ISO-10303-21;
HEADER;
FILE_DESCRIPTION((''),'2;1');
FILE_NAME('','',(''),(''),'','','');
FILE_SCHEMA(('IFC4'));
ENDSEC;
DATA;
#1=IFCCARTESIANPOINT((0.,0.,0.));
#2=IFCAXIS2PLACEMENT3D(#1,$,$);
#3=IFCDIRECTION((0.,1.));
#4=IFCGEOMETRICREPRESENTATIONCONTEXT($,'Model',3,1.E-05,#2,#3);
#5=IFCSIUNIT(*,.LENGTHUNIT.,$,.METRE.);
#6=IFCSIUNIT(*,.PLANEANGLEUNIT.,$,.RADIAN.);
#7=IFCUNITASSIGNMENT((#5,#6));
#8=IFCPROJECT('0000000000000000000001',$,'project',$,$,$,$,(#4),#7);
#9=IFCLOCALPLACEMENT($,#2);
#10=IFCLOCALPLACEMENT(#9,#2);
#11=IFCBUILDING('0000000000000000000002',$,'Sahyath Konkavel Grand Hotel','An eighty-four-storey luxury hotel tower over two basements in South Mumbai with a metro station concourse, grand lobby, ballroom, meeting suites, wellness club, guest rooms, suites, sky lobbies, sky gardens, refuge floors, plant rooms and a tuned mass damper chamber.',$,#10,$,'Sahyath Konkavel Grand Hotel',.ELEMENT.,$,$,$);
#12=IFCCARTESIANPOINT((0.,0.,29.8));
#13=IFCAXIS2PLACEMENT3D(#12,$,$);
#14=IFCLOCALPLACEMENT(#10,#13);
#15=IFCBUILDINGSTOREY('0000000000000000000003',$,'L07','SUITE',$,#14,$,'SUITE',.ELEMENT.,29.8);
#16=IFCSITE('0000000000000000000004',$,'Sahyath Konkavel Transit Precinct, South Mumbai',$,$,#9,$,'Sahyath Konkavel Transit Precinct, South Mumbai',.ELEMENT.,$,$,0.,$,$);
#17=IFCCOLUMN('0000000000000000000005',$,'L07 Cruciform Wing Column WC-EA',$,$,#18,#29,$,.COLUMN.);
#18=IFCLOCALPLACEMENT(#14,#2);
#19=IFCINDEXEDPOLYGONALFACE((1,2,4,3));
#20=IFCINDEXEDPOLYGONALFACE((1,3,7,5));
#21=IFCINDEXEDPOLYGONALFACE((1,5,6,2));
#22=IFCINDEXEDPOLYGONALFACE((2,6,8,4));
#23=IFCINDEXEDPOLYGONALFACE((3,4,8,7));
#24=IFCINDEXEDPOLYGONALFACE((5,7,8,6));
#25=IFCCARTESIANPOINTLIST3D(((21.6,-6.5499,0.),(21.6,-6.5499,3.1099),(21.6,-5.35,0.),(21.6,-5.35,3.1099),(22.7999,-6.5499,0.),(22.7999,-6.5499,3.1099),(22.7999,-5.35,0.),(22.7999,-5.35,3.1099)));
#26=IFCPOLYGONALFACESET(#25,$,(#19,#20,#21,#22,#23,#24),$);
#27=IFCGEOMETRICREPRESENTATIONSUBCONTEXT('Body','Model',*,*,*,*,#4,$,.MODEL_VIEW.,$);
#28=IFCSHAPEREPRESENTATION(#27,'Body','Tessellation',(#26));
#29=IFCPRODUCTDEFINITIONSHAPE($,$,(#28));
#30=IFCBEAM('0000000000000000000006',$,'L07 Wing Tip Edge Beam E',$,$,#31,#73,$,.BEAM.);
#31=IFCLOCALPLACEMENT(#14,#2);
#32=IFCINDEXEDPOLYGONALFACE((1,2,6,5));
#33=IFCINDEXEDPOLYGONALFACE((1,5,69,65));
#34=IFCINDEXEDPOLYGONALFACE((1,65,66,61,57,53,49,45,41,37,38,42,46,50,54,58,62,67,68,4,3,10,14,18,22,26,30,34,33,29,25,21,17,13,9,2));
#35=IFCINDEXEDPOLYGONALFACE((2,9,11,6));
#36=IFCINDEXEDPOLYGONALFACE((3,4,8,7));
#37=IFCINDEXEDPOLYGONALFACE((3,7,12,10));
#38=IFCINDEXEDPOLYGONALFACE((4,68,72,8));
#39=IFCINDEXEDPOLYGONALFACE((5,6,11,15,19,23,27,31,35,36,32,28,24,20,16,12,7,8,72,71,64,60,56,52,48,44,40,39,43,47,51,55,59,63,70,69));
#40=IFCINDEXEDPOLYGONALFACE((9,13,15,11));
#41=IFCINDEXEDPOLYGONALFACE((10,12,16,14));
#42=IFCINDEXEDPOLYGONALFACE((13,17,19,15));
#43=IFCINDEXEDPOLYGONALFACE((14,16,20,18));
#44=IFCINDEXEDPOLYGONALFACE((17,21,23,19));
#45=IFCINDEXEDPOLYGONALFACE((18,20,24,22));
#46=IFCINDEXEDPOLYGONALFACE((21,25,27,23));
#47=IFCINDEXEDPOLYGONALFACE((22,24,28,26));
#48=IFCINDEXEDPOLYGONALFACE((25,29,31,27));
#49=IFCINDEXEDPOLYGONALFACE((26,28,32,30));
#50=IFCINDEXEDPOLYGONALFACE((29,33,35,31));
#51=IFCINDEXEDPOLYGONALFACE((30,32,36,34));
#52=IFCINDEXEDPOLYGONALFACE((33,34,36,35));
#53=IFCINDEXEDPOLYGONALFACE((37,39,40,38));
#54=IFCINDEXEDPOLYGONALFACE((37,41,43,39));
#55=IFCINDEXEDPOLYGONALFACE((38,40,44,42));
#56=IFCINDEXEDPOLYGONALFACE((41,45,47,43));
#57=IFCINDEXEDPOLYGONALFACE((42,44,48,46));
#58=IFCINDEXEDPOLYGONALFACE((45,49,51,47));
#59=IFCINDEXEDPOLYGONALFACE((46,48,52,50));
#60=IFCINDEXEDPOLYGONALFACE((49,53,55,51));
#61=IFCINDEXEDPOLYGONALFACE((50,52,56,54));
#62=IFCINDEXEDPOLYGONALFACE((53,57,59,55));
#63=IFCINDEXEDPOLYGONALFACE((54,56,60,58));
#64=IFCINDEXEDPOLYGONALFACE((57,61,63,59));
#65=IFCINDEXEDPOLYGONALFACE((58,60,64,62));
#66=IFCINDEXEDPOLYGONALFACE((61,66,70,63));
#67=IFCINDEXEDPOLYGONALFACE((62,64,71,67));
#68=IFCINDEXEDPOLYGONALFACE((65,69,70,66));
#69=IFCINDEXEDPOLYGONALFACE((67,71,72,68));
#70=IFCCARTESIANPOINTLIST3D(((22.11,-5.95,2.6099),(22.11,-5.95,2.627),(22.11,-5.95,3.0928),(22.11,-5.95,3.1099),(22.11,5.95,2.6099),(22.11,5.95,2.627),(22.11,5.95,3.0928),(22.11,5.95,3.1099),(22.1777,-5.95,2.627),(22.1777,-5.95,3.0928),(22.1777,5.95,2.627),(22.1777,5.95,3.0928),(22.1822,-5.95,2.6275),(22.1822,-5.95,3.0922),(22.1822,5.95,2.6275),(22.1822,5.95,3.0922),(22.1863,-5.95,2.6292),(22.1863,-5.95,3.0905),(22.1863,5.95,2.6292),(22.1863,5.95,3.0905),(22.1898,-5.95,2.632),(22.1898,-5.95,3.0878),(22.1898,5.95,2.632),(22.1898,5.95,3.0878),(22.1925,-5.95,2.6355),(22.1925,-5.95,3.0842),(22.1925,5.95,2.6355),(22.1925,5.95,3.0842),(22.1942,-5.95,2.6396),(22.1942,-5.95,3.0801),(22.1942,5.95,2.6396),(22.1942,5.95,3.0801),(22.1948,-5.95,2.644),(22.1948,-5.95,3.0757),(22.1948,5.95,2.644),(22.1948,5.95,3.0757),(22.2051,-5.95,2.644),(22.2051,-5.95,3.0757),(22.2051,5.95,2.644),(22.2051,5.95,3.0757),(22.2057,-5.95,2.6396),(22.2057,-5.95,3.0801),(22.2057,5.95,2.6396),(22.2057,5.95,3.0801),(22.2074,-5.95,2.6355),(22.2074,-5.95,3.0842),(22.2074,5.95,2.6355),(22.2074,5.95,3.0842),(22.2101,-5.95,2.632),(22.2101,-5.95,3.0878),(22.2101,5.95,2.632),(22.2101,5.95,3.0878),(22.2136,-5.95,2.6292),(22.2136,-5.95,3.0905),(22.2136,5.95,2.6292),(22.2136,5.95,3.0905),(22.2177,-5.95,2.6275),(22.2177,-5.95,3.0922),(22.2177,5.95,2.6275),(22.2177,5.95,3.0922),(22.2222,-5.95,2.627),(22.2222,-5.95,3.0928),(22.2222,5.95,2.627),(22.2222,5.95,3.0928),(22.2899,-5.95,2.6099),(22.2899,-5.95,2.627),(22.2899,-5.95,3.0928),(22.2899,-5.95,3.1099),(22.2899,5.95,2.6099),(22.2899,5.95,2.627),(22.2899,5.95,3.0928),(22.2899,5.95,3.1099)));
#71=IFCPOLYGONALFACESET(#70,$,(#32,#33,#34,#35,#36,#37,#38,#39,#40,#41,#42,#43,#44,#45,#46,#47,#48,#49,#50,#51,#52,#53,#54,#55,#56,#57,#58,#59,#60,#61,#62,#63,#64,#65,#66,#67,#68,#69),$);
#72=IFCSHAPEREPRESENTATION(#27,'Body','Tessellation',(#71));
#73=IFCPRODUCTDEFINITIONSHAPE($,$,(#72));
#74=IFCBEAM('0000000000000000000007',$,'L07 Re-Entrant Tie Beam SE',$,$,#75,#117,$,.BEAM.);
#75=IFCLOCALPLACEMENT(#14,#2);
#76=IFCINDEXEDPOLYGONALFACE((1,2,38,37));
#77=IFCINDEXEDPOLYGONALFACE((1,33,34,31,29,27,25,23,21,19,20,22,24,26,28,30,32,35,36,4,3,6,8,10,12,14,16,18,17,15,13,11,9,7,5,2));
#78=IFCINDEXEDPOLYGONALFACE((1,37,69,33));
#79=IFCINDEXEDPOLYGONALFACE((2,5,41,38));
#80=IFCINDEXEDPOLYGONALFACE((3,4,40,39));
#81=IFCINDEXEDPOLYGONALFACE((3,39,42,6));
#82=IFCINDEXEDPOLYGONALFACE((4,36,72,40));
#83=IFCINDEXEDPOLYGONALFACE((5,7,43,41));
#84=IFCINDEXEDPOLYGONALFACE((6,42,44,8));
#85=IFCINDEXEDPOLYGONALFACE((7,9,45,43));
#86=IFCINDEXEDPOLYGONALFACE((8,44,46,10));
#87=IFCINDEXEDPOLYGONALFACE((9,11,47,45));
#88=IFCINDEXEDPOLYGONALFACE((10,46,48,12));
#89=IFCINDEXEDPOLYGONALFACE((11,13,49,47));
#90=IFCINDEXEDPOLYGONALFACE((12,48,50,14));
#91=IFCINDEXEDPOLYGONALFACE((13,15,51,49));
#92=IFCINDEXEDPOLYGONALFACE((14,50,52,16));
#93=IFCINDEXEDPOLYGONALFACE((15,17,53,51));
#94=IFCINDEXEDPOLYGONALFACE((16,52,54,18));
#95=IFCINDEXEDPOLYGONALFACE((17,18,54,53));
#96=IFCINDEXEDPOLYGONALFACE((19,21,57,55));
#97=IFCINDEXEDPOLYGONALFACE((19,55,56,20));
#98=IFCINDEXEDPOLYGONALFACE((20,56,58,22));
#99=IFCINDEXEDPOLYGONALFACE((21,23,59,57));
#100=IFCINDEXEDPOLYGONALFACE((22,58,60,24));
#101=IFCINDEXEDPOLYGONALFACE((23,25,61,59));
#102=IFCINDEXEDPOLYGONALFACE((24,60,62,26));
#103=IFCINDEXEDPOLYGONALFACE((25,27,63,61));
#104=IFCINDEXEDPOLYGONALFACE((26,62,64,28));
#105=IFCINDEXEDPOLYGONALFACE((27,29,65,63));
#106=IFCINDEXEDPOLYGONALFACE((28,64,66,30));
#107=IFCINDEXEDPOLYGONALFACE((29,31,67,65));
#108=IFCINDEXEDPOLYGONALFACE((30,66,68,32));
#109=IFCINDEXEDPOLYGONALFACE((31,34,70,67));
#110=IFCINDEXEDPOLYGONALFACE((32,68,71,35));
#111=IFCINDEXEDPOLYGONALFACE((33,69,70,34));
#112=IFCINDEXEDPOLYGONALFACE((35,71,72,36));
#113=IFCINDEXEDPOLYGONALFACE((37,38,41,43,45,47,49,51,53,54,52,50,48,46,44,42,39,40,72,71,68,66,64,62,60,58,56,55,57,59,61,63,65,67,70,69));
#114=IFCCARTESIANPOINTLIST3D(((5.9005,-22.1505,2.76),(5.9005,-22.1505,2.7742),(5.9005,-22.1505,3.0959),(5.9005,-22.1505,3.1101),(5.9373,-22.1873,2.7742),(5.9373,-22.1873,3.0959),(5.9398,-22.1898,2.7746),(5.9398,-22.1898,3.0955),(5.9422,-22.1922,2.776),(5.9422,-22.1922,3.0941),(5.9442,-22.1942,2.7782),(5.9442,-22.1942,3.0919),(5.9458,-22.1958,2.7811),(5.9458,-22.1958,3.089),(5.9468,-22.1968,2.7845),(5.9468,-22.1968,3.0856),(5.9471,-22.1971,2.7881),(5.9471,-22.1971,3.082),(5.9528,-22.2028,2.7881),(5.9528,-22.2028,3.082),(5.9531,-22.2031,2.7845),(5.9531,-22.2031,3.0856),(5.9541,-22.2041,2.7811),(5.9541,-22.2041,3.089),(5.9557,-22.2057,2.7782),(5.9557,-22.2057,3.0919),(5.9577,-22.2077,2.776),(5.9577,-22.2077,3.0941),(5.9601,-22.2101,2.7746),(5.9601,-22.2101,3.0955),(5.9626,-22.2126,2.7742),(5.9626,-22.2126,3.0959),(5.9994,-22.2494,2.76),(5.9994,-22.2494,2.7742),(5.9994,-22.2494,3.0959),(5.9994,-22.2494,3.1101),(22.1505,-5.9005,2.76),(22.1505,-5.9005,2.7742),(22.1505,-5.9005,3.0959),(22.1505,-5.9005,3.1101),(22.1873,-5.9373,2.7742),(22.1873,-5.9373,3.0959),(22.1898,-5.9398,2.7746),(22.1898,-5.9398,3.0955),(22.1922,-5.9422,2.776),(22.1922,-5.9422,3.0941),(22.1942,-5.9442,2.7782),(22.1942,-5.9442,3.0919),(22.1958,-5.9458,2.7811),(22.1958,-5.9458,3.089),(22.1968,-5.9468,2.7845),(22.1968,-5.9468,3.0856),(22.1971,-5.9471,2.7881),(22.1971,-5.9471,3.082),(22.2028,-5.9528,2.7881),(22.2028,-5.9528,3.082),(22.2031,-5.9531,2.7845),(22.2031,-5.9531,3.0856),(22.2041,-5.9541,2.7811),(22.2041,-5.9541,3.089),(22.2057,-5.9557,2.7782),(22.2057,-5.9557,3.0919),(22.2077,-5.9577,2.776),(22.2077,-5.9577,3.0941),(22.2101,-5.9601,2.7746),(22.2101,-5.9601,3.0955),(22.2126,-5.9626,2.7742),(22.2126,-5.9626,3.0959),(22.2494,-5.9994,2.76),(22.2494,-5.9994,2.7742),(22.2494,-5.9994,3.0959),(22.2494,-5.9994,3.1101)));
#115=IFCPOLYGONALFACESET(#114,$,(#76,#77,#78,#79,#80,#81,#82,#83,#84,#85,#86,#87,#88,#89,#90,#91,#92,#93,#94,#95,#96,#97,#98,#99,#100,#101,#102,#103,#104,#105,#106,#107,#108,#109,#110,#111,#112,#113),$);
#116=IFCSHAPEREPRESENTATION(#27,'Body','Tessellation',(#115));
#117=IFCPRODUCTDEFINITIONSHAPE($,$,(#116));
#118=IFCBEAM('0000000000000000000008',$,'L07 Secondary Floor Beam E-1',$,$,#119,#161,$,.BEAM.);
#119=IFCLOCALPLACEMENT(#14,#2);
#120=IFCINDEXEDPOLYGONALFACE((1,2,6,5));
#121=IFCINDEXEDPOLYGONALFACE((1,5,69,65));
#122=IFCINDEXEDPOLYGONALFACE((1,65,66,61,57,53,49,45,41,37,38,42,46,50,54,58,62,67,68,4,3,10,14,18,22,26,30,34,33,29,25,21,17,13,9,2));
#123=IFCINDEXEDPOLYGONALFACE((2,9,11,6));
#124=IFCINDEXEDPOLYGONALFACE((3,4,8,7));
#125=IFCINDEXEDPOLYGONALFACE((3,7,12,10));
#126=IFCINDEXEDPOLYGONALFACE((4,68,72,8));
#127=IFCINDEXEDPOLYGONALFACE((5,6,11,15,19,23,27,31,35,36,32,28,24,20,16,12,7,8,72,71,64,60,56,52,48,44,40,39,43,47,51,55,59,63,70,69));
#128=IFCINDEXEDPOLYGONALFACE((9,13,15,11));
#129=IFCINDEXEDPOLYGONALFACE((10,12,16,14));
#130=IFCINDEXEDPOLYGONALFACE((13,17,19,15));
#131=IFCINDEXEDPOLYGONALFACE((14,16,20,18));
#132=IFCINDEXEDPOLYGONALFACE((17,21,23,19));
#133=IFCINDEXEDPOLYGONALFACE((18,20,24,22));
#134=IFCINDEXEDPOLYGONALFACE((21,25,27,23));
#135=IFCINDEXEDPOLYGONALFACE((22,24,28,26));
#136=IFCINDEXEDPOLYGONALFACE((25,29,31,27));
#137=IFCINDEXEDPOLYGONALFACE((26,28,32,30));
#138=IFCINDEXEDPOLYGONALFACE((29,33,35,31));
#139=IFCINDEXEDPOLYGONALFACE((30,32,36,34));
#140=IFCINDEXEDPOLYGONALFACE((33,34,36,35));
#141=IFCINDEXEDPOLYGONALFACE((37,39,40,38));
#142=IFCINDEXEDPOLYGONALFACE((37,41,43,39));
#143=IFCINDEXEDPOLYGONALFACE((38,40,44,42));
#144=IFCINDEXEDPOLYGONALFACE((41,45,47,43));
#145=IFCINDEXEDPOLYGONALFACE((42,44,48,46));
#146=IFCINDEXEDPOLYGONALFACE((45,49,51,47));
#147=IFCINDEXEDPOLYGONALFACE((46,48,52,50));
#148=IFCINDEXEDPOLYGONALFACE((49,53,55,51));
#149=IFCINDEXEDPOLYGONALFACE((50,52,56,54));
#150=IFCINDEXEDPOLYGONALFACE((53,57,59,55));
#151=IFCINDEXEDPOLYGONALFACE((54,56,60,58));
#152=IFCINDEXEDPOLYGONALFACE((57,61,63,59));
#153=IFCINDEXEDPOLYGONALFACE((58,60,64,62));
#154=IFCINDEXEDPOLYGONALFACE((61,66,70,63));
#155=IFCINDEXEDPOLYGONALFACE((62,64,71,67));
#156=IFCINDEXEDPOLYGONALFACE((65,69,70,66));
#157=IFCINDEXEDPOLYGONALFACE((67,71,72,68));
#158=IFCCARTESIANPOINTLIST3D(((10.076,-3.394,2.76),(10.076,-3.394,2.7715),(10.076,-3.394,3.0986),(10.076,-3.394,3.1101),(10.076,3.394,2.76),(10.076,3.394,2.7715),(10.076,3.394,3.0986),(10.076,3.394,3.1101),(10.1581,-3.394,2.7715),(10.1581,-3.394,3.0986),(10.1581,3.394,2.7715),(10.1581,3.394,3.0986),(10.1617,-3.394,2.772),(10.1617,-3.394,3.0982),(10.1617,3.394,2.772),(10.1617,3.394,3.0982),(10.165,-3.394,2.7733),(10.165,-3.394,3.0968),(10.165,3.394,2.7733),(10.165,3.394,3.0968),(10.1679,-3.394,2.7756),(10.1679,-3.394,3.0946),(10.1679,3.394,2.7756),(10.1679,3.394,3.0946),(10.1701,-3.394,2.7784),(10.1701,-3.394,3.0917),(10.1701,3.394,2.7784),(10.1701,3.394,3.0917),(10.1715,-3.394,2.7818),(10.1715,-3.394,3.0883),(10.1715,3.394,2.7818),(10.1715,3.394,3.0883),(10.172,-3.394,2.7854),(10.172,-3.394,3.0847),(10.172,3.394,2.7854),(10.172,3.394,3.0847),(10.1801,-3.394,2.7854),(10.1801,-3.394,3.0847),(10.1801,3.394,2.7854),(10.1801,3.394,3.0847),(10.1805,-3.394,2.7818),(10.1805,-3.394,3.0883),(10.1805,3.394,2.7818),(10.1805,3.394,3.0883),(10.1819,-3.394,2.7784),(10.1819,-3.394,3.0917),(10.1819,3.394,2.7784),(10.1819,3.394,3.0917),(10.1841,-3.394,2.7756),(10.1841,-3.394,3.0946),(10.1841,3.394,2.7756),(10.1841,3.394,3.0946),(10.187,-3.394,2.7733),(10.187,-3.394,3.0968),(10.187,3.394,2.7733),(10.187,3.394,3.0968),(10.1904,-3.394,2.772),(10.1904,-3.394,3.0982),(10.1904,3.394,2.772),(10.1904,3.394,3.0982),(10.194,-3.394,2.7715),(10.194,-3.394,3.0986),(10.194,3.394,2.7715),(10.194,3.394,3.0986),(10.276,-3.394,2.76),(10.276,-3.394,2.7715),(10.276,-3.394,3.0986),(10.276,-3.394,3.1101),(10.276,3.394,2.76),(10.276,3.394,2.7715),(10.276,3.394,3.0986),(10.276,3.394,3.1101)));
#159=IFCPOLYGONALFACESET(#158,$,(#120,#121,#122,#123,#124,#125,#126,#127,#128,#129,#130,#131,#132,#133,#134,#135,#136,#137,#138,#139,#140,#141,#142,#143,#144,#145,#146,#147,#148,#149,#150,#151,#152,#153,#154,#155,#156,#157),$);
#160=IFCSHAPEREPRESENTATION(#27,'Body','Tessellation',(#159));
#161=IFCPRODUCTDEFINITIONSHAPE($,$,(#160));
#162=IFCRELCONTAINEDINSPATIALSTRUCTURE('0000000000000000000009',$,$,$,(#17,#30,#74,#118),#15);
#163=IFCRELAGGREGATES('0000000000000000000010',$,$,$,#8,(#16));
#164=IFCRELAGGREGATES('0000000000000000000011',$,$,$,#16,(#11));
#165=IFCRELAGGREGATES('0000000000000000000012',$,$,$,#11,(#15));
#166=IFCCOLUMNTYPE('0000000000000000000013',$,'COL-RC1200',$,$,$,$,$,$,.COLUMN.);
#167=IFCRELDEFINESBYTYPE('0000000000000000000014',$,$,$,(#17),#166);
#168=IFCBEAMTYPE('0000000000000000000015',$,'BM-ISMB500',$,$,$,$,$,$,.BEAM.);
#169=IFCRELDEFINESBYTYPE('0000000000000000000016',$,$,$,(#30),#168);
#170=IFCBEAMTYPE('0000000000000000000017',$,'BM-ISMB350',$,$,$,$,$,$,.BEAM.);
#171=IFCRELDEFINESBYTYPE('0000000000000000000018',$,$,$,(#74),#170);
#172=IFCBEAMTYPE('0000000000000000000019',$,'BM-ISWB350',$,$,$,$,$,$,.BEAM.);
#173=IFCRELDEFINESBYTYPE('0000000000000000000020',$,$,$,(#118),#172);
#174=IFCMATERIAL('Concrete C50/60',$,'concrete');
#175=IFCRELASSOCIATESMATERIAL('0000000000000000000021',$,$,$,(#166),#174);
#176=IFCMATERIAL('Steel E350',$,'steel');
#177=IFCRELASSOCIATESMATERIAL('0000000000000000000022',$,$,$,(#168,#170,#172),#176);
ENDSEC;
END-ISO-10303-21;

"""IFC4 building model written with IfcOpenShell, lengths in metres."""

from ifc_helpers import new_model, si_unit, direction, frame, origin, origin_2d, place, context, subcontext, project, spatial, rectangle, i_section, extrude, source, transform, mapped, material, material_profile, profile_set, type_object, element, save


model = new_model("IFC4")

# Units and contexts
model_context = context("Model", 3, precision=1e-05, world=origin(), true_north=direction((0.0, 1.0)))
body_context = subcontext(model_context, "Body", "Model", "MODEL_VIEW")
ifc_project = project(units=[si_unit("LENGTHUNIT", "METRE"), si_unit("PLANEANGLEUNIT", "RADIAN")], contexts=[model_context])

# Site, building, storey
site_placement = place(None, origin())
site = spatial("IfcSite", under=ifc_project, at=site_placement, Name="Sahyath Konkavel Transit Precinct, South Mumbai", LongName="Sahyath Konkavel Transit Precinct, South Mumbai", CompositionType="ELEMENT", RefElevation=0.0)
building_placement = place(site_placement, origin())
building = spatial("IfcBuilding", under=site, at=building_placement, Name="Sahyath Konkavel Grand Hotel", Description="An eighty-four-storey luxury hotel tower over two basements in South Mumbai with a metro station concourse, grand lobby, ballroom, meeting suites, wellness club, guest rooms, suites, sky lobbies, sky gardens, refuge floors, plant rooms and a tuned mass damper chamber.", LongName="Sahyath Konkavel Grand Hotel", CompositionType="ELEMENT")
storey_placement = place(building_placement, frame((0.0, 0.0, 29.8)))
storey = spatial("IfcBuildingStorey", under=building, at=storey_placement, Name="L07", Description="SUITE", LongName="SUITE", CompositionType="ELEMENT", Elevation=29.8)

# Column
ifc_material_1 = material(Name="Concrete C50/60", Category="concrete")
ifc_material_profile_1 = material_profile(ifc_material_1, rectangle(XDim=1.2, YDim=1.2, at=origin_2d()), Name="RC 1200x1200")
ifc_profile_set_1 = profile_set([ifc_material_profile_1], Name="Concrete C50/60")
column_type = type_object("IfcColumnType", Name="COL-RC1200", PredefinedType="COLUMN", material=ifc_profile_set_1)
shared_shape_1 = source(origin(), body_context, "Body", "SweptSolid", [
    extrude(rectangle(XDim=1.2, YDim=1.2, at=origin_2d()), origin(), (0.0, 0.0, 1.0), 3.1099),
])
column_placement = place(storey_placement, frame((22.2, -5.95, 0.0), z_axis=(0.0, 0.0, 1.0), x_axis=(1.0, 0.0, 0.0)))
element("IfcColumn", 1, at=column_placement, inside=storey, type_object=column_type, Name="L07 Cruciform Wing Column WC-EA", PredefinedType="COLUMN", context=body_context, shape_type="MappedRepresentation", body=[
    mapped(shared_shape_1, transform((0.0, 0.0, 0.0), scale=1.0)),
])

# Beams
ifc_material_2 = material(Name="Steel E350", Category="steel")
ifc_material_profile_2 = material_profile(ifc_material_2, i_section(OverallWidth=0.1799, OverallDepth=0.5, WebThickness=0.0103, FlangeThickness=0.0171, FilletRadius=0.0171, at=origin_2d()), Name="ISMB 500")
ifc_profile_set_2 = profile_set([ifc_material_profile_2], Name="Steel E350")
beam_type_1 = type_object("IfcBeamType", Name="BM-ISMB500", PredefinedType="BEAM", material=ifc_profile_set_2)
shared_shape_2 = source(origin(), body_context, "Body", "SweptSolid", [
    extrude(i_section(OverallWidth=0.1799, OverallDepth=0.5, WebThickness=0.0103, FlangeThickness=0.0171, FilletRadius=0.0171, at=origin_2d()), origin(), (0.0, 0.0, 1.0), 11.8999),
])
beam_1_placement = place(storey_placement, frame((22.2, -5.95, 2.8599), z_axis=(0.0, 1.0, 0.0), x_axis=(-1.0, 0.0, 0.0)))
element("IfcBeam", 2, at=beam_1_placement, inside=storey, type_object=beam_type_1, Name="L07 Wing Tip Edge Beam E", PredefinedType="BEAM", context=body_context, shape_type="MappedRepresentation", body=[
    mapped(shared_shape_2, transform((0.0, 0.0, 0.0), scale=1.0)),
])
ifc_material_profile_3 = material_profile(ifc_material_2, i_section(OverallWidth=0.1399, OverallDepth=0.3501, WebThickness=0.0081, FlangeThickness=0.0142, FilletRadius=0.0139, at=origin_2d()), Name="ISMB 350")
ifc_profile_set_3 = profile_set([ifc_material_profile_3], Name="Steel E350")
beam_type_2 = type_object("IfcBeamType", Name="BM-ISMB350", PredefinedType="BEAM", material=ifc_profile_set_3)
shared_shape_3 = source(origin(), body_context, "Body", "SweptSolid", [
    extrude(i_section(OverallWidth=0.1399, OverallDepth=0.3501, WebThickness=0.0081, FlangeThickness=0.0142, FilletRadius=0.0139, at=origin_2d()), origin(), (0.0, 0.0, 1.0), 22.981),
])
beam_2_placement = place(storey_placement, frame((22.2, -5.95, 2.9351), z_axis=(-0.707107, -0.707107, 0.0), x_axis=(0.707107, -0.707107, 0.0)))
element("IfcBeam", 3, at=beam_2_placement, inside=storey, type_object=beam_type_2, Name="L07 Re-Entrant Tie Beam SE", PredefinedType="BEAM", context=body_context, shape_type="MappedRepresentation", body=[
    mapped(shared_shape_3, transform((0.0, 0.0, 0.0), scale=1.0)),
])
ifc_material_profile_4 = material_profile(ifc_material_2, i_section(OverallWidth=0.2, OverallDepth=0.3501, WebThickness=0.0081, FlangeThickness=0.0115, FilletRadius=0.0139, at=origin_2d()), Name="ISWB 350")
ifc_profile_set_4 = profile_set([ifc_material_profile_4], Name="Steel E350")
beam_type_3 = type_object("IfcBeamType", Name="BM-ISWB350", PredefinedType="BEAM", material=ifc_profile_set_4)
shared_shape_4 = source(origin(), body_context, "Body", "SweptSolid", [
    extrude(i_section(OverallWidth=0.2, OverallDepth=0.3501, WebThickness=0.0081, FlangeThickness=0.0115, FilletRadius=0.0139, at=origin_2d()), origin(), (0.0, 0.0, 1.0), 6.7881),
])
beam_3_placement = place(storey_placement, frame((10.176, -3.394, 2.9351), z_axis=(0.0, 1.0, 0.0), x_axis=(-1.0, 0.0, 0.0)))
element("IfcBeam", 4, at=beam_3_placement, inside=storey, type_object=beam_type_3, Name="L07 Secondary Floor Beam E-1", PredefinedType="BEAM", context=body_context, shape_type="MappedRepresentation", body=[
    mapped(shared_shape_4, transform((0.0, 0.0, 0.0), scale=1.0)),
])

save(model, "model.ifc")
